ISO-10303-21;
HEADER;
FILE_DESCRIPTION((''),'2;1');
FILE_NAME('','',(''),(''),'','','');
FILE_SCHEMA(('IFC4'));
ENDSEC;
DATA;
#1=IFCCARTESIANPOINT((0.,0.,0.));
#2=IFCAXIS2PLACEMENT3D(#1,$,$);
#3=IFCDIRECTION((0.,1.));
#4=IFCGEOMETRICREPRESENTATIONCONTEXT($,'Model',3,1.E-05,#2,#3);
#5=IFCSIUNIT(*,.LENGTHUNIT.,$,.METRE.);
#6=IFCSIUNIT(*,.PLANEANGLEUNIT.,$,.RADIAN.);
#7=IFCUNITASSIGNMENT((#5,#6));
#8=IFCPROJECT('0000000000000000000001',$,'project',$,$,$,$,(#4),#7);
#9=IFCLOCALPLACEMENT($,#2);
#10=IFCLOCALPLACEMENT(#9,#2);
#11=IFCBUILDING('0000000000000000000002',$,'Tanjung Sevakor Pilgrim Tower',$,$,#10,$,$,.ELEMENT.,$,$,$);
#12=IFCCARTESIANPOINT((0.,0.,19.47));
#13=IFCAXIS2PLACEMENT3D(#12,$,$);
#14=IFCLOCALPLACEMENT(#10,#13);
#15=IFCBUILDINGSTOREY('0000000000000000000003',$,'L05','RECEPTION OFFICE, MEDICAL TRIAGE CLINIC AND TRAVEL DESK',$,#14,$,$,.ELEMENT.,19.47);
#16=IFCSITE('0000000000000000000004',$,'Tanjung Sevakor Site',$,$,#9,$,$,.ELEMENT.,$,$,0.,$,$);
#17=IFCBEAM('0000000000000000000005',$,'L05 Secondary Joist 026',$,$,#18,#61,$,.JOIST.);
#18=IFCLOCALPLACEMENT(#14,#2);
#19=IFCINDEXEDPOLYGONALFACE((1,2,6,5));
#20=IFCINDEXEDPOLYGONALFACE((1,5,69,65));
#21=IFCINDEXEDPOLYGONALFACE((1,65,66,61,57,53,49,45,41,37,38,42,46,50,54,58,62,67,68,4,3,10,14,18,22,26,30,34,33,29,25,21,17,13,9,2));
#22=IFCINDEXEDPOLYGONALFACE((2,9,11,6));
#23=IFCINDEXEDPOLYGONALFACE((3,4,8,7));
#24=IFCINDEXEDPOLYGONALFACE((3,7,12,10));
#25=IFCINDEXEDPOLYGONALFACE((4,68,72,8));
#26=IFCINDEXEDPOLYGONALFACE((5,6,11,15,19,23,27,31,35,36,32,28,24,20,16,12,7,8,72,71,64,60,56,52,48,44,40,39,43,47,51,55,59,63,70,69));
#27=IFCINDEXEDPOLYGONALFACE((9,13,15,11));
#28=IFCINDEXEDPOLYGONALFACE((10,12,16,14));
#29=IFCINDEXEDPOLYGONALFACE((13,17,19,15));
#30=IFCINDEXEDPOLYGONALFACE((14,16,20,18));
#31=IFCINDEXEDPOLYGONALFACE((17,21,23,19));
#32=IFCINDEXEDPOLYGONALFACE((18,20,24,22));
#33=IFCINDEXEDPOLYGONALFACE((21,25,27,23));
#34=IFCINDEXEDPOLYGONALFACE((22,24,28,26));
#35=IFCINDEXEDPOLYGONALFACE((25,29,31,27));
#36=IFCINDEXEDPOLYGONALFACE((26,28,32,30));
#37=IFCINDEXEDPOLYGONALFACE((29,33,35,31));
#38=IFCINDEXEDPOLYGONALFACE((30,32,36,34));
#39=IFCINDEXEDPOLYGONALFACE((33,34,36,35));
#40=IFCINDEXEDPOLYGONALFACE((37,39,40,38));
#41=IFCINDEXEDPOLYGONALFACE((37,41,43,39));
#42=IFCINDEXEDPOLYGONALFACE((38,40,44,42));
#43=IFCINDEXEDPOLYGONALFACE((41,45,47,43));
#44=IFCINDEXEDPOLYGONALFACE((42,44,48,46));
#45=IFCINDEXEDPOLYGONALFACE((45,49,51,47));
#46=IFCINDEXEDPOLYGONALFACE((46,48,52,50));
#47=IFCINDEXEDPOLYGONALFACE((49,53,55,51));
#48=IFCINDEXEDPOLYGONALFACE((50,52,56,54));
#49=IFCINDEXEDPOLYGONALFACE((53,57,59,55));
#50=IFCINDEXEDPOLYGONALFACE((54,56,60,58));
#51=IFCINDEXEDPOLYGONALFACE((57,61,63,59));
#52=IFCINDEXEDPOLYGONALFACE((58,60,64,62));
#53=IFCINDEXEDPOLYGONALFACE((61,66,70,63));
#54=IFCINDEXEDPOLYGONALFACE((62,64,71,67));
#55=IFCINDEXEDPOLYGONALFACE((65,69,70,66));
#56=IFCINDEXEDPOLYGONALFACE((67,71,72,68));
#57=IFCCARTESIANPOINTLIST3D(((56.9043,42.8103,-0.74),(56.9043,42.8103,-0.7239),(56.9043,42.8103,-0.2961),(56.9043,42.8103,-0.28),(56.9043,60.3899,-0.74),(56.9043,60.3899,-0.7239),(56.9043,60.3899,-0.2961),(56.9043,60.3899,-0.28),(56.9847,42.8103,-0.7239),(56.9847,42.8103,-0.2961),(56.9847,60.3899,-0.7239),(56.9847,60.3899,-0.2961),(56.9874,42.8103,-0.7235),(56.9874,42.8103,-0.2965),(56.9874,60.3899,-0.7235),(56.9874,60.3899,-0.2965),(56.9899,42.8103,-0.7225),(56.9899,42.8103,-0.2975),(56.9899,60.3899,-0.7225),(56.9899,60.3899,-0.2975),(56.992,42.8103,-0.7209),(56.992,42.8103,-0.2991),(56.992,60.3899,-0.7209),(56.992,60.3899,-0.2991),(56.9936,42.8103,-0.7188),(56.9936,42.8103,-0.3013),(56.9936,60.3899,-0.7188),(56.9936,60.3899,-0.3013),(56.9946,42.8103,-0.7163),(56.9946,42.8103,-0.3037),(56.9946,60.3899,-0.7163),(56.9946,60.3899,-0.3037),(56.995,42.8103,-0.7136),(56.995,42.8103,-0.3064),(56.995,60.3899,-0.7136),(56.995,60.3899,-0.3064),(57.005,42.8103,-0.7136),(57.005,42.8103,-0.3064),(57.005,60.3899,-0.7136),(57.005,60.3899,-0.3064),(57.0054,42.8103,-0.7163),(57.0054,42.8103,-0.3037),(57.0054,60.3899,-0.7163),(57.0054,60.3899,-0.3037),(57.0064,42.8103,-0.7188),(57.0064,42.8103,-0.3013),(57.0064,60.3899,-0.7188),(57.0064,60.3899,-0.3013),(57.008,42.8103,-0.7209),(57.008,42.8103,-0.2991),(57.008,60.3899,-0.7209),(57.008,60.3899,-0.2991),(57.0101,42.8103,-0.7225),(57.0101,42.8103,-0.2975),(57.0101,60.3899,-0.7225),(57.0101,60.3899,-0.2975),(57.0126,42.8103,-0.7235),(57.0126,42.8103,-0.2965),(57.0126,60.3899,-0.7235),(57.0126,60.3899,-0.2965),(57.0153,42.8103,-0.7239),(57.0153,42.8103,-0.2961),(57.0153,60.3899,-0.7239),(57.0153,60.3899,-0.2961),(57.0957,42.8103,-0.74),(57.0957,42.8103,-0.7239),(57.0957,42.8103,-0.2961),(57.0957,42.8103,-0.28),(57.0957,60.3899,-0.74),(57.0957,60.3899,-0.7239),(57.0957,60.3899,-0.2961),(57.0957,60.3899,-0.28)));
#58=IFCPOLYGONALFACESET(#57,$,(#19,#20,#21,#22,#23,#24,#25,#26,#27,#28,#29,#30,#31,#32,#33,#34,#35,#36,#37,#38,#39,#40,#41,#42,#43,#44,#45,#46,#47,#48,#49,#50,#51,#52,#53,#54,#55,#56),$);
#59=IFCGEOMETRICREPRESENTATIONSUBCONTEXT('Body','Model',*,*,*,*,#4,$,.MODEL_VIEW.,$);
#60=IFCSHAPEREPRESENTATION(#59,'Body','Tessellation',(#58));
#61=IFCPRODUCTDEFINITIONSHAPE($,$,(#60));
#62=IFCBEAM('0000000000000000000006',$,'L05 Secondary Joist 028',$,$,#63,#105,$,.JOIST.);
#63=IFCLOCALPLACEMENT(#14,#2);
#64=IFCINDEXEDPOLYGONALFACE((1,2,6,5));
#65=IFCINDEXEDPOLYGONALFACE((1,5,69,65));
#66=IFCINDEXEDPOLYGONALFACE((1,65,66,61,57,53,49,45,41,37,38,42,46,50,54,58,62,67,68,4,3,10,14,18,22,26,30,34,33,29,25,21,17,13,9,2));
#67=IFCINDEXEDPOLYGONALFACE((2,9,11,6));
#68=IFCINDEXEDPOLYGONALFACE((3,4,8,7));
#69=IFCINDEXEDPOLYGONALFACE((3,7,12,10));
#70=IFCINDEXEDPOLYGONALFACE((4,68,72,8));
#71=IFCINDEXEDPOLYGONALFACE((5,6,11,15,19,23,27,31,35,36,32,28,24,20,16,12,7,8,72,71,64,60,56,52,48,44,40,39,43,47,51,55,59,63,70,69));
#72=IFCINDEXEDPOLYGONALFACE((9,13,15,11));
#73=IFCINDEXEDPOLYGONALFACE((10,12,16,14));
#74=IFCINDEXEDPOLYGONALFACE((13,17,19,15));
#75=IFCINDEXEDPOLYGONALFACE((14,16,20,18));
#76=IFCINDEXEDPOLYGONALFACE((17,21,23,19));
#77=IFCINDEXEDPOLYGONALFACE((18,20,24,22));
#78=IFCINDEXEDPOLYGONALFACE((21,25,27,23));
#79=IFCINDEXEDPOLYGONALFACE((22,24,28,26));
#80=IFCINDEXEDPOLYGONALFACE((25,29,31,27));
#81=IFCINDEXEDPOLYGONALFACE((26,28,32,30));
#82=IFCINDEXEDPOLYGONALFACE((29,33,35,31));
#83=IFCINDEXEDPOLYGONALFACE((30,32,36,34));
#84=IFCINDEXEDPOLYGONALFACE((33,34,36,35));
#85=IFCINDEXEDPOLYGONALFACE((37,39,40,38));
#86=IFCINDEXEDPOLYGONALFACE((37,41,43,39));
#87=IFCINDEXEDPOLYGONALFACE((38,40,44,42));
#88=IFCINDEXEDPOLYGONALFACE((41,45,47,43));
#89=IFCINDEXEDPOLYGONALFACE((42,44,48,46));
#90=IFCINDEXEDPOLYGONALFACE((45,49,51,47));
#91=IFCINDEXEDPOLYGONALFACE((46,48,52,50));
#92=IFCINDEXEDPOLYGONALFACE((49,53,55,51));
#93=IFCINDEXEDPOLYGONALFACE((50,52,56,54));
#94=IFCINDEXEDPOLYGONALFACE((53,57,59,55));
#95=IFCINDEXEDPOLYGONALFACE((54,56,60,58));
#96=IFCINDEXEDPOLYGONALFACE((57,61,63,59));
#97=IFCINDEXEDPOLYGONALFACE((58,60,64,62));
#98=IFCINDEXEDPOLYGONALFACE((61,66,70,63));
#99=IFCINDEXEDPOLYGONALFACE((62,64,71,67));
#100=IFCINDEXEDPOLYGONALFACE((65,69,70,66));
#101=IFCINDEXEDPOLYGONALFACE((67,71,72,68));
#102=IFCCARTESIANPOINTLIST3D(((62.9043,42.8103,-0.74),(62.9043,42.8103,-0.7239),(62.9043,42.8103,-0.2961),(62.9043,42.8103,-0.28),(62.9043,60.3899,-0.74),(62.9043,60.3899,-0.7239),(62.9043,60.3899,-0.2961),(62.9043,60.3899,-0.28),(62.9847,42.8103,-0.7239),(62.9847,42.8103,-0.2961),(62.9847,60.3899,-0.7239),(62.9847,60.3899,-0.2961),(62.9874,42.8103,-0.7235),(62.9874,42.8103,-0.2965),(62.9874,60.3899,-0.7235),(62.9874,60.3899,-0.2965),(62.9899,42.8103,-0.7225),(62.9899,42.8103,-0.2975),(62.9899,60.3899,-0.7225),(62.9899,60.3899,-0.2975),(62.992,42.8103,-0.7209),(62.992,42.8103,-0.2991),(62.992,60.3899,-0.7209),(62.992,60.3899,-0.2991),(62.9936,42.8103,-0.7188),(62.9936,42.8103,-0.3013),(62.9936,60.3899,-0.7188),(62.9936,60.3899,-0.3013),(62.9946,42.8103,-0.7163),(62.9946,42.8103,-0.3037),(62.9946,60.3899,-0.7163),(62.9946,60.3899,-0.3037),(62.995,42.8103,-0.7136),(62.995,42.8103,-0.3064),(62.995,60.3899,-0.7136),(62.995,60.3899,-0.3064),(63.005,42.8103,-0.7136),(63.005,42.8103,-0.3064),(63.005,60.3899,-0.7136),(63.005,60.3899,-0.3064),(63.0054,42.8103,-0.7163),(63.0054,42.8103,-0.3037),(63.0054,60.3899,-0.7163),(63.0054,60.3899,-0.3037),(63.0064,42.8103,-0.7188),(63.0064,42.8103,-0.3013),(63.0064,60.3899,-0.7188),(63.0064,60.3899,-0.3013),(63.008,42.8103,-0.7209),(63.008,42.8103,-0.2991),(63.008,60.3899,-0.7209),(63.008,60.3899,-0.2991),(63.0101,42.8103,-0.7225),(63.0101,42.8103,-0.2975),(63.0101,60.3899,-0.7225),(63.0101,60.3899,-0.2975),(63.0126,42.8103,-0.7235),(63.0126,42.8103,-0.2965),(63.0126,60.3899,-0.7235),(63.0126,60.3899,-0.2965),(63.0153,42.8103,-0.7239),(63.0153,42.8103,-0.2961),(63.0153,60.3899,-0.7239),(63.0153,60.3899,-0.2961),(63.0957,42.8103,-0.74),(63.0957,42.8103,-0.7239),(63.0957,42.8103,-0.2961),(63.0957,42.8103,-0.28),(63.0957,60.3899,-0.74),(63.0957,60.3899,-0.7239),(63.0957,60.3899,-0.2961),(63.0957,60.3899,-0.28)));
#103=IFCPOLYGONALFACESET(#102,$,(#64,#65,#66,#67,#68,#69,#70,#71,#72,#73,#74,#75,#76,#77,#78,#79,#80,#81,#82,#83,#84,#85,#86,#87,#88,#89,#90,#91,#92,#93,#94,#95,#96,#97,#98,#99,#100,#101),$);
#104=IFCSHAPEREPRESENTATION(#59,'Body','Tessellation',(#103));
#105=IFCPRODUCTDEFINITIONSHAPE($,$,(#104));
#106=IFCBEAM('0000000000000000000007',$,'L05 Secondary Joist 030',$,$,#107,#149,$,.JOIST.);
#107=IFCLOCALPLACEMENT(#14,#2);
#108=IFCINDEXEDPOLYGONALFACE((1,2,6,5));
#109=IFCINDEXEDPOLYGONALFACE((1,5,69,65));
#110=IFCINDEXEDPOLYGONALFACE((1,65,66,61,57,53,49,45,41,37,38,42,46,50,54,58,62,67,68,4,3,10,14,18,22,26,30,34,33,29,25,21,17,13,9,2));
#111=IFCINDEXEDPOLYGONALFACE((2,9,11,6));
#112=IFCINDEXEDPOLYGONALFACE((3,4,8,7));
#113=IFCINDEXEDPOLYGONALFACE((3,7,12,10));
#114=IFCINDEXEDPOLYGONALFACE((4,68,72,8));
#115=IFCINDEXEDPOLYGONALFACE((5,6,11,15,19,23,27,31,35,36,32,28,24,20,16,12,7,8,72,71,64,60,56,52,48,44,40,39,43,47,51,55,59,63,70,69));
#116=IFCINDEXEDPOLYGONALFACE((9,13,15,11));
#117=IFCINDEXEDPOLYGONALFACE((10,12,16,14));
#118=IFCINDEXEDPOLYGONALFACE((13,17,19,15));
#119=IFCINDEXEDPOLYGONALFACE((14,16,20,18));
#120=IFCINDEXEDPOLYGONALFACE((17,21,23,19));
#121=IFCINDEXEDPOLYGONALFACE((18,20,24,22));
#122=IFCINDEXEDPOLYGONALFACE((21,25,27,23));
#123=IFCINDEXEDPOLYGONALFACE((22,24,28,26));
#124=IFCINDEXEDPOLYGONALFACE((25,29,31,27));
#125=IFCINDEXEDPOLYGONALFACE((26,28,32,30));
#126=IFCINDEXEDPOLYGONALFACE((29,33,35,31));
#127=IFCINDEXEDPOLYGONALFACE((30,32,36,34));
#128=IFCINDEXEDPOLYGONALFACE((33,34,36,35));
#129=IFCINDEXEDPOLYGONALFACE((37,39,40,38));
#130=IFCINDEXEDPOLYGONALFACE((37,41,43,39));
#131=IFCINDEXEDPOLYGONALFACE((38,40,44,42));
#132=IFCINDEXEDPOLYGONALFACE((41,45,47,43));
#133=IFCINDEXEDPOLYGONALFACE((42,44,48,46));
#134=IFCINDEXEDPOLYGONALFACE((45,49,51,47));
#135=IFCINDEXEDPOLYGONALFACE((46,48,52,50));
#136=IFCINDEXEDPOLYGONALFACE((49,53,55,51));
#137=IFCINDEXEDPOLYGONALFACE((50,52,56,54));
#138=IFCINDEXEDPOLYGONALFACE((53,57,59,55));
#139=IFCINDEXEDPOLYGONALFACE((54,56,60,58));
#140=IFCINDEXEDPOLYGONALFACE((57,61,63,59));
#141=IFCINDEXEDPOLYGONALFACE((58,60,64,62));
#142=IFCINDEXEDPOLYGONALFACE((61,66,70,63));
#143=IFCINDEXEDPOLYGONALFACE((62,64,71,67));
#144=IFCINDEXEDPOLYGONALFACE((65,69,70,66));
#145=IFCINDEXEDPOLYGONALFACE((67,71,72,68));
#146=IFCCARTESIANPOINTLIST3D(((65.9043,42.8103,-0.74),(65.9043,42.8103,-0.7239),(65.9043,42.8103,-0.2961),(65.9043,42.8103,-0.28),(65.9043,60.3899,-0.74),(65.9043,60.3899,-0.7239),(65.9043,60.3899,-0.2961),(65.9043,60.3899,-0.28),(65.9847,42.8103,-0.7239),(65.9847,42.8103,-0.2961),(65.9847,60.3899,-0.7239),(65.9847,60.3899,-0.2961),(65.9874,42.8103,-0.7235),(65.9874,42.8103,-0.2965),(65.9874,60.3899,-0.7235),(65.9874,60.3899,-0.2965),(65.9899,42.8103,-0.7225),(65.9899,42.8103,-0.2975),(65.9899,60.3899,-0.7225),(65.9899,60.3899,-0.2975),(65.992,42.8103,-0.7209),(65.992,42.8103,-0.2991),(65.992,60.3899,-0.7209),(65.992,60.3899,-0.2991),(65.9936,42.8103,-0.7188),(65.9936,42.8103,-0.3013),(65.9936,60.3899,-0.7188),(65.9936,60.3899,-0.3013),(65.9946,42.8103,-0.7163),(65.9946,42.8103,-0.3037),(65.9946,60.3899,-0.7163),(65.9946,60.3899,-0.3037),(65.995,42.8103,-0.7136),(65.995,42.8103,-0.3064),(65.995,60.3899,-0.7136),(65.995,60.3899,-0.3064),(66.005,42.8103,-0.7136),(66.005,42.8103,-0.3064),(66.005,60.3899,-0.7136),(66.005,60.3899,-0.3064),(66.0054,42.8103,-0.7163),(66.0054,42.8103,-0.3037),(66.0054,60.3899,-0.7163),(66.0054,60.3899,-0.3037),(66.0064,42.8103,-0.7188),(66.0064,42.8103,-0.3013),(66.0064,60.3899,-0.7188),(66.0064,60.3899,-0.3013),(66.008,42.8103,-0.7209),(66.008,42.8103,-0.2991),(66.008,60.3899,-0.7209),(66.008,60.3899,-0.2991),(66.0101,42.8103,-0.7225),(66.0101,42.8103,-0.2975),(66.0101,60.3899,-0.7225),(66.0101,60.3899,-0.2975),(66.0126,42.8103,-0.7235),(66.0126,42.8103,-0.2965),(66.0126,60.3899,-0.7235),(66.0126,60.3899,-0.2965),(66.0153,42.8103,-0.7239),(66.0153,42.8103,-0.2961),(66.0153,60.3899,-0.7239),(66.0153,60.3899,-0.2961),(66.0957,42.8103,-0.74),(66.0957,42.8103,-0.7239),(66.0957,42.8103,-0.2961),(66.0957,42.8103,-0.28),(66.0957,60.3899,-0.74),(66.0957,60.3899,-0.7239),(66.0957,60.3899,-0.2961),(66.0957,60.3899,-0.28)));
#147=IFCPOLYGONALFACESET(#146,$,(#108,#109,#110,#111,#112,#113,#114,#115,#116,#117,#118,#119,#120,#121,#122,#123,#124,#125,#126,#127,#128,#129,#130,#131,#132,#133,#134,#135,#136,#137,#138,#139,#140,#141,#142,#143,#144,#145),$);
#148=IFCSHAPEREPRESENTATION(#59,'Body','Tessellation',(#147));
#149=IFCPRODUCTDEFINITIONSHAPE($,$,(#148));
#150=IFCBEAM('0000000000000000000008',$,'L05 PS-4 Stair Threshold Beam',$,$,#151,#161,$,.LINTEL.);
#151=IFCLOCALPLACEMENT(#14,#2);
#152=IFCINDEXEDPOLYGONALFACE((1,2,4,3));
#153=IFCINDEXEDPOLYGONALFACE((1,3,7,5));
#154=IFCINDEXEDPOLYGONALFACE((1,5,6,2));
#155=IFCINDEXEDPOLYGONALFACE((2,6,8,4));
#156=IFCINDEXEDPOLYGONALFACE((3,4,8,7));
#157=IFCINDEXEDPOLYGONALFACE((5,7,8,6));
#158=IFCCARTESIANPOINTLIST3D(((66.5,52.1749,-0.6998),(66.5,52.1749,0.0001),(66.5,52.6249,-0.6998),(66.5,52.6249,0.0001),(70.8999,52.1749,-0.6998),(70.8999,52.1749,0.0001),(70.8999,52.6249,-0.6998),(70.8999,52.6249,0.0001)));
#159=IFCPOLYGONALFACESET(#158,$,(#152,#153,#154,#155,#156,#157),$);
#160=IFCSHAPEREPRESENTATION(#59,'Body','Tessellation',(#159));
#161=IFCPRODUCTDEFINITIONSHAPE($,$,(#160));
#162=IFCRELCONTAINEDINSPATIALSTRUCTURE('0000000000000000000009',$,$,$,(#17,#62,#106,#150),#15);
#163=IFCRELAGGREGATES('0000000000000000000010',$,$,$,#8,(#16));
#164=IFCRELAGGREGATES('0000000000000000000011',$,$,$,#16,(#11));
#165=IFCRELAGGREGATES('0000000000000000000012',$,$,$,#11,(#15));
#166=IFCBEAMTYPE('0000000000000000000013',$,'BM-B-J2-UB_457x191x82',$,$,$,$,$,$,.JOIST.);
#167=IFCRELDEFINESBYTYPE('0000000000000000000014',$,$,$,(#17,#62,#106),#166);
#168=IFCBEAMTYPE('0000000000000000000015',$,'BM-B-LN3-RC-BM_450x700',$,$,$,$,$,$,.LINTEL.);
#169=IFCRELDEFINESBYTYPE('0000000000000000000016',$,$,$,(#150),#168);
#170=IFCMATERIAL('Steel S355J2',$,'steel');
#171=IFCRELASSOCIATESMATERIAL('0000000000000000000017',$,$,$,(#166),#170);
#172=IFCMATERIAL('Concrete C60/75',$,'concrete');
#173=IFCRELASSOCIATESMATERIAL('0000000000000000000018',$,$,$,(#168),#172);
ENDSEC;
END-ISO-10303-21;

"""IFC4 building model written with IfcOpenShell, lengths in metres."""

from ifc_helpers import new_model, si_unit, direction, frame, origin, origin_2d, place, context, subcontext, project, spatial, rectangle, i_section, extrude, material, material_profile, profile_set, type_object, element, save


model = new_model("IFC4")

# Units and contexts
model_context = context("Model", 3, precision=1e-05, world=origin(), true_north=direction((0.0, 1.0)))
body_context = subcontext(model_context, "Body", "Model", "MODEL_VIEW")
ifc_project = project(units=[si_unit("LENGTHUNIT", "METRE"), si_unit("PLANEANGLEUNIT", "RADIAN")], contexts=[model_context])

# Site, building, storey
site_placement = place(None, origin())
site = spatial("IfcSite", under=ifc_project, at=site_placement, Name="Tanjung Sevakor Site", CompositionType="ELEMENT", RefElevation=0.0)
building_placement = place(site_placement, origin())
building = spatial("IfcBuilding", under=site, at=building_placement, Name="Tanjung Sevakor Pilgrim Tower", CompositionType="ELEMENT")
storey_placement = place(building_placement, frame((0.0, 0.0, 19.47)))
storey = spatial("IfcBuildingStorey", under=building, at=storey_placement, Name="L05", Description="RECEPTION OFFICE, MEDICAL TRIAGE CLINIC AND TRAVEL DESK", CompositionType="ELEMENT", Elevation=19.47)

# Beams
ifc_material_1 = material(Name="Steel S355J2", Category="steel")
ifc_material_profile_1 = material_profile(ifc_material_1, i_section(OverallWidth=0.1914, OverallDepth=0.46, WebThickness=0.01, FlangeThickness=0.0161, FilletRadius=0.0103, at=origin_2d()))
ifc_profile_set_1 = profile_set([ifc_material_profile_1], Name="Steel S355J2")
beam_type_1 = type_object("IfcBeamType", Name="BM-B-J2-UB_457x191x82", PredefinedType="JOIST", material=ifc_profile_set_1)
for number, where, z_axis, x_axis, name in (
    (1, (57.0, 42.8103, -0.51), (0.0, 1.0, 0.0), (-1.0, 0.0, 0.0), "L05 Secondary Joist 026"),
    (2, (63.0, 42.8103, -0.51), (0.0, 1.0, 0.0), (-1.0, 0.0, 0.0), "L05 Secondary Joist 028"),
    (3, (66.0, 42.8103, -0.51), (0.0, 1.0, 0.0), (-1.0, 0.0, 0.0), "L05 Secondary Joist 030"),
):
    element("IfcBeam", number, at=place(storey_placement, frame(where, z_axis=z_axis, x_axis=x_axis)), inside=storey, type_object=beam_type_1, Name=name, PredefinedType="JOIST", context=body_context, shape_type="SweptSolid", body=[
        extrude(i_section(OverallWidth=0.1914, OverallDepth=0.46, WebThickness=0.01, FlangeThickness=0.0161, FilletRadius=0.0103, at=origin_2d()), origin(), (0.0, 0.0, 1.0), 17.5796),
    ])
ifc_material_2 = material(Name="Concrete C60/75", Category="concrete")
ifc_material_profile_2 = material_profile(ifc_material_2, rectangle(XDim=0.45, YDim=0.7, at=origin_2d()))
ifc_profile_set_2 = profile_set([ifc_material_profile_2], Name="Concrete C60/75")
beam_type_2 = type_object("IfcBeamType", Name="BM-B-LN3-RC-BM_450x700", PredefinedType="LINTEL", material=ifc_profile_set_2)
beam_1_placement = place(storey_placement, frame((66.5, 52.3999, -0.3499), z_axis=(1.0, 0.0, 0.0), x_axis=(0.0, 1.0, 0.0)))
element("IfcBeam", 4, at=beam_1_placement, inside=storey, type_object=beam_type_2, Name="L05 PS-4 Stair Threshold Beam", PredefinedType="LINTEL", context=body_context, shape_type="SweptSolid", body=[
    extrude(rectangle(XDim=0.45, YDim=0.7, at=origin_2d()), origin(), (0.0, 0.0, 1.0), 4.3999),
])

save(model, "model.ifc")
